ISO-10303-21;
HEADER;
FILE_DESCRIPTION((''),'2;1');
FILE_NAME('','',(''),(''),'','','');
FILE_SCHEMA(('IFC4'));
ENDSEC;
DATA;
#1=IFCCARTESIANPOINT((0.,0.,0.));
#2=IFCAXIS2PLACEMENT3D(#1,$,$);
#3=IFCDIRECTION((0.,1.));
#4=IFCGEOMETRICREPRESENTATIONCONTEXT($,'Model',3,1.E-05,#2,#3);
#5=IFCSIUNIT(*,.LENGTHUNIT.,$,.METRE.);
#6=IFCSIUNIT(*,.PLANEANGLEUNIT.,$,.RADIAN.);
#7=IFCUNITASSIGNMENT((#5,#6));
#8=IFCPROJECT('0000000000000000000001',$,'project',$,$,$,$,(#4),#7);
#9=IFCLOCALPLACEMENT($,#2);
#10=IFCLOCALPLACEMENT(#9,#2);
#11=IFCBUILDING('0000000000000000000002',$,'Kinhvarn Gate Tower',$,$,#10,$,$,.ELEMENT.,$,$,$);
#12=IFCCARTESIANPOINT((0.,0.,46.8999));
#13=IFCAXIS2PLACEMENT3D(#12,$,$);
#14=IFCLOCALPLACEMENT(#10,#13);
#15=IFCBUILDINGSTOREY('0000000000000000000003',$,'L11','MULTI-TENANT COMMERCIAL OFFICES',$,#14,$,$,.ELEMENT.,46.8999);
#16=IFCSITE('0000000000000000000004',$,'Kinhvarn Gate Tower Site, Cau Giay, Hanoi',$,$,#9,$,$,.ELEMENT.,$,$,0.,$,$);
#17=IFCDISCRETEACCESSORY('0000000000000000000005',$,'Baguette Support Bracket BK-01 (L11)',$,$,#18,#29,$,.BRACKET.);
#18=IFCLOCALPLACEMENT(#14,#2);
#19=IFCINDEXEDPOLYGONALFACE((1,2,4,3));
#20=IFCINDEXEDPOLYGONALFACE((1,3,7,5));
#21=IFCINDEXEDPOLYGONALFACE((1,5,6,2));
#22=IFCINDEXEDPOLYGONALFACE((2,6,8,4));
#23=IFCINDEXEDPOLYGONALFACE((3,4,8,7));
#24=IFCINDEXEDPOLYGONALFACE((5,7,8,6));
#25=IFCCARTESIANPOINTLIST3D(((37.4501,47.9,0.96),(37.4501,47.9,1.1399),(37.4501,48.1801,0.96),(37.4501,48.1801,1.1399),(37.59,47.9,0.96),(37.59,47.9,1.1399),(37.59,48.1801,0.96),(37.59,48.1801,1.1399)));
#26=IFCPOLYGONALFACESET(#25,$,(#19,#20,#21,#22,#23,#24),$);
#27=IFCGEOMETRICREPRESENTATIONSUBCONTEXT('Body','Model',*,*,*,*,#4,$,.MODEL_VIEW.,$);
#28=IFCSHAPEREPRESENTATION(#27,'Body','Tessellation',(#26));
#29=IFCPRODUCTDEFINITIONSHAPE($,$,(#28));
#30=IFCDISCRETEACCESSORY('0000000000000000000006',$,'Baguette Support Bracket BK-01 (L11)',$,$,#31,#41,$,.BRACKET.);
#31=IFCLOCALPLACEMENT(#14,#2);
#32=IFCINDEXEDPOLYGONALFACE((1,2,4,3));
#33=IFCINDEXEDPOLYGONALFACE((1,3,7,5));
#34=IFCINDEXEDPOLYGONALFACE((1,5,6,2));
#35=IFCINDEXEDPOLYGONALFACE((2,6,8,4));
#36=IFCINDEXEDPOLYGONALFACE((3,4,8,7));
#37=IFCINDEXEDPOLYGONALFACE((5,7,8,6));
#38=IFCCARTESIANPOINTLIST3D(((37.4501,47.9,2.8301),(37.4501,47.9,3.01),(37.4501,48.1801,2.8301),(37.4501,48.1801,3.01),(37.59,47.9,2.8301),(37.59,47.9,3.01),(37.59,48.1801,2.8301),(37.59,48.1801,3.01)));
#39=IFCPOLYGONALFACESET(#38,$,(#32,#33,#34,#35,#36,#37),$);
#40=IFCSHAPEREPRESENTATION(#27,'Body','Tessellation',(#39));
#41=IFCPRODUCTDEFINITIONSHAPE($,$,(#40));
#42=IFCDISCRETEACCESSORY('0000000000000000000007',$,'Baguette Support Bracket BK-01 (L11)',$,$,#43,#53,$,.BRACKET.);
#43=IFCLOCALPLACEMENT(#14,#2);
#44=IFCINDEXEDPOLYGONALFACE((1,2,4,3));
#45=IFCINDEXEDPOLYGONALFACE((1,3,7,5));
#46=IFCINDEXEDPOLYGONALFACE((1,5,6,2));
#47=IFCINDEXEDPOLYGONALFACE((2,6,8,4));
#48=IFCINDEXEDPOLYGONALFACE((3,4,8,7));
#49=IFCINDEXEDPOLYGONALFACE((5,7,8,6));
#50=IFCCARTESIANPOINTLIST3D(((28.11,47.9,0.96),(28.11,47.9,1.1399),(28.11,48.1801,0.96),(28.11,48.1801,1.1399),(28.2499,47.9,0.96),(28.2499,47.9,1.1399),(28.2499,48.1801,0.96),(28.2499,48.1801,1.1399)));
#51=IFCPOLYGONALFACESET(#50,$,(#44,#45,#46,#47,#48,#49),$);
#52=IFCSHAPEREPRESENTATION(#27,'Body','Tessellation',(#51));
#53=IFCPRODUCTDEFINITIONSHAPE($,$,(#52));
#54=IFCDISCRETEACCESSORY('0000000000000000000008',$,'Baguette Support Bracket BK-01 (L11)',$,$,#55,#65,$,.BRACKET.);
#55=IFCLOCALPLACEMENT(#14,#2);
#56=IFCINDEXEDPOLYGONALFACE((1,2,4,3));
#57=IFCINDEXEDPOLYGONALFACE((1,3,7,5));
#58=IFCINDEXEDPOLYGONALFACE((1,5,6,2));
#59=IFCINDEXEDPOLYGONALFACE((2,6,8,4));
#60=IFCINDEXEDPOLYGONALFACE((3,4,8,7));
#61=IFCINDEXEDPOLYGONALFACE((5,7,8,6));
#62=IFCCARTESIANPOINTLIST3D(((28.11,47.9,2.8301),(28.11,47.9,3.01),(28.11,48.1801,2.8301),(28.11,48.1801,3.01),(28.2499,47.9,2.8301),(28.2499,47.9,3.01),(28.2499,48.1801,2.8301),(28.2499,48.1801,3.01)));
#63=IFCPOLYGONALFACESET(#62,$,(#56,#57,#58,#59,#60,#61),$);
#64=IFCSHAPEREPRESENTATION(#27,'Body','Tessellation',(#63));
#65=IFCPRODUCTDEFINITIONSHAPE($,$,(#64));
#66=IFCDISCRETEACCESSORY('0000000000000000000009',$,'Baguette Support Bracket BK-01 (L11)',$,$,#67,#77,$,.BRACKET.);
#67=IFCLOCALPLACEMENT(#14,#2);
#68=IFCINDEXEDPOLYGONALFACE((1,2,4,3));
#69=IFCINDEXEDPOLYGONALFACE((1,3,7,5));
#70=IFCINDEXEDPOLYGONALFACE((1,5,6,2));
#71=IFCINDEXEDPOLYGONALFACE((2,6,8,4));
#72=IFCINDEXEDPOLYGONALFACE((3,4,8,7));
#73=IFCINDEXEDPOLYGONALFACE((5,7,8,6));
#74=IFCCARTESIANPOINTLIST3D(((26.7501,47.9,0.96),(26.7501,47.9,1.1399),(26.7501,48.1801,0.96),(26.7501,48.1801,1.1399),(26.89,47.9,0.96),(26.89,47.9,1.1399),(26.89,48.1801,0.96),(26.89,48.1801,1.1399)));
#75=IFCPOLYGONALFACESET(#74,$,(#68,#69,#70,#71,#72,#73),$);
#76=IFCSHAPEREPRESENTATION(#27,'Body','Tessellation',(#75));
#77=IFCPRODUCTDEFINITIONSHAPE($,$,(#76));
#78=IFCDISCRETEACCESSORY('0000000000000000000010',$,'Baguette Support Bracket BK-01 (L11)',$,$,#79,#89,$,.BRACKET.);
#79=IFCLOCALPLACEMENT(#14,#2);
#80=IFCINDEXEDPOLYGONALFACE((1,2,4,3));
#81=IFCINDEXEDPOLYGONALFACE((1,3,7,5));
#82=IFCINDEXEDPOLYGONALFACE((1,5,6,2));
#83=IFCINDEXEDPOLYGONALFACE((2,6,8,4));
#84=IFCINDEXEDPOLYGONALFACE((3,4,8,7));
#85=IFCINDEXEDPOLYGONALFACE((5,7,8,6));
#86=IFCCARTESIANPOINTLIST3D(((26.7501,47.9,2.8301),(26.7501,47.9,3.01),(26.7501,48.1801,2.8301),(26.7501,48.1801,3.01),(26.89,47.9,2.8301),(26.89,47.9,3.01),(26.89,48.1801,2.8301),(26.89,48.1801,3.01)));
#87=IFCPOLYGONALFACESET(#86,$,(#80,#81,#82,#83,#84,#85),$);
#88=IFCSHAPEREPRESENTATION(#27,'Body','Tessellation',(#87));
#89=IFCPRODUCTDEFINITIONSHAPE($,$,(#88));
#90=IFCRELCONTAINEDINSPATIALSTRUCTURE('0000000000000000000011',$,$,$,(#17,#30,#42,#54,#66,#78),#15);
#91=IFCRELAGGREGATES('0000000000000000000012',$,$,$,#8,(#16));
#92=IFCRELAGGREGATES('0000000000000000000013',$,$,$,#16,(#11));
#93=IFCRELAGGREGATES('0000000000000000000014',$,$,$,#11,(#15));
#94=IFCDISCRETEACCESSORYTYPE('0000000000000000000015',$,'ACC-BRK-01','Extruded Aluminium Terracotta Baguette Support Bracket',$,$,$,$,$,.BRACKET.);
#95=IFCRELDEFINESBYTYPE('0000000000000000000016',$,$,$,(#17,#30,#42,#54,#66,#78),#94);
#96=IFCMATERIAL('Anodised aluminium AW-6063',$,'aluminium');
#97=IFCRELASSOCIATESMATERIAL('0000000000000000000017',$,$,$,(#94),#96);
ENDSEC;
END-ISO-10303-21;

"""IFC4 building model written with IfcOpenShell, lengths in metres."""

from ifc_helpers import new_model, si_unit, direction, frame, origin, origin_2d, place, context, subcontext, project, spatial, rectangle, extrude, material, type_object, element, save


model = new_model("IFC4")

# Units and contexts
model_context = context("Model", 3, precision=1e-05, world=origin(), true_north=direction((0.0, 1.0)))
body_context = subcontext(model_context, "Body", "Model", "MODEL_VIEW")
ifc_project = project(units=[si_unit("LENGTHUNIT", "METRE"), si_unit("PLANEANGLEUNIT", "RADIAN")], contexts=[model_context])

# Site, building, storey
site_placement = place(None, origin())
site = spatial("IfcSite", under=ifc_project, at=site_placement, Name="Kinhvarn Gate Tower Site, Cau Giay, Hanoi", CompositionType="ELEMENT", RefElevation=0.0)
building_placement = place(site_placement, origin())
building = spatial("IfcBuilding", under=site, at=building_placement, Name="Kinhvarn Gate Tower", CompositionType="ELEMENT")
storey_placement = place(building_placement, frame((0.0, 0.0, 46.8999)))
storey = spatial("IfcBuildingStorey", under=building, at=storey_placement, Name="L11", Description="MULTI-TENANT COMMERCIAL OFFICES", CompositionType="ELEMENT", Elevation=46.8999)

# Shared definitions
ifc_material_1 = material(Name="Anodised aluminium AW-6063", Category="aluminium")

# Discrete accessories
discrete_accessory_type = type_object("IfcDiscreteAccessoryType", Name="ACC-BRK-01", Description="Extruded Aluminium Terracotta Baguette Support Bracket", PredefinedType="BRACKET", material=ifc_material_1)
for number, where, z_axis, x_axis, name in (
    (1, (37.52, 48.04, 0.96), (0.0, 0.0, 1.0), (-1.0, 0.0, 0.0), "Baguette Support Bracket BK-01 (L11)"),
    (2, (37.52, 48.04, 2.8301), (0.0, 0.0, 1.0), (-1.0, 0.0, 0.0), "Baguette Support Bracket BK-01 (L11)"),
    (3, (28.1799, 48.04, 0.96), (0.0, 0.0, 1.0), (-1.0, 0.0, 0.0), "Baguette Support Bracket BK-01 (L11)"),
    (4, (28.1799, 48.04, 2.8301), (0.0, 0.0, 1.0), (-1.0, 0.0, 0.0), "Baguette Support Bracket BK-01 (L11)"),
    (5, (26.8201, 48.04, 0.96), (0.0, 0.0, 1.0), (-1.0, 0.0, 0.0), "Baguette Support Bracket BK-01 (L11)"),
    (6, (26.8201, 48.04, 2.8301), (0.0, 0.0, 1.0), (-1.0, 0.0, 0.0), "Baguette Support Bracket BK-01 (L11)"),
):
    element("IfcDiscreteAccessory", number, at=place(storey_placement, frame(where, z_axis=z_axis, x_axis=x_axis)), inside=storey, type_object=discrete_accessory_type, Name=name, PredefinedType="BRACKET", context=body_context, shape_type="SweptSolid", body=[
        extrude(rectangle(XDim=0.1399, YDim=0.28, at=origin_2d()), origin(), (0.0, 0.0, 1.0), 0.1799),
    ])

save(model, "model.ifc")
